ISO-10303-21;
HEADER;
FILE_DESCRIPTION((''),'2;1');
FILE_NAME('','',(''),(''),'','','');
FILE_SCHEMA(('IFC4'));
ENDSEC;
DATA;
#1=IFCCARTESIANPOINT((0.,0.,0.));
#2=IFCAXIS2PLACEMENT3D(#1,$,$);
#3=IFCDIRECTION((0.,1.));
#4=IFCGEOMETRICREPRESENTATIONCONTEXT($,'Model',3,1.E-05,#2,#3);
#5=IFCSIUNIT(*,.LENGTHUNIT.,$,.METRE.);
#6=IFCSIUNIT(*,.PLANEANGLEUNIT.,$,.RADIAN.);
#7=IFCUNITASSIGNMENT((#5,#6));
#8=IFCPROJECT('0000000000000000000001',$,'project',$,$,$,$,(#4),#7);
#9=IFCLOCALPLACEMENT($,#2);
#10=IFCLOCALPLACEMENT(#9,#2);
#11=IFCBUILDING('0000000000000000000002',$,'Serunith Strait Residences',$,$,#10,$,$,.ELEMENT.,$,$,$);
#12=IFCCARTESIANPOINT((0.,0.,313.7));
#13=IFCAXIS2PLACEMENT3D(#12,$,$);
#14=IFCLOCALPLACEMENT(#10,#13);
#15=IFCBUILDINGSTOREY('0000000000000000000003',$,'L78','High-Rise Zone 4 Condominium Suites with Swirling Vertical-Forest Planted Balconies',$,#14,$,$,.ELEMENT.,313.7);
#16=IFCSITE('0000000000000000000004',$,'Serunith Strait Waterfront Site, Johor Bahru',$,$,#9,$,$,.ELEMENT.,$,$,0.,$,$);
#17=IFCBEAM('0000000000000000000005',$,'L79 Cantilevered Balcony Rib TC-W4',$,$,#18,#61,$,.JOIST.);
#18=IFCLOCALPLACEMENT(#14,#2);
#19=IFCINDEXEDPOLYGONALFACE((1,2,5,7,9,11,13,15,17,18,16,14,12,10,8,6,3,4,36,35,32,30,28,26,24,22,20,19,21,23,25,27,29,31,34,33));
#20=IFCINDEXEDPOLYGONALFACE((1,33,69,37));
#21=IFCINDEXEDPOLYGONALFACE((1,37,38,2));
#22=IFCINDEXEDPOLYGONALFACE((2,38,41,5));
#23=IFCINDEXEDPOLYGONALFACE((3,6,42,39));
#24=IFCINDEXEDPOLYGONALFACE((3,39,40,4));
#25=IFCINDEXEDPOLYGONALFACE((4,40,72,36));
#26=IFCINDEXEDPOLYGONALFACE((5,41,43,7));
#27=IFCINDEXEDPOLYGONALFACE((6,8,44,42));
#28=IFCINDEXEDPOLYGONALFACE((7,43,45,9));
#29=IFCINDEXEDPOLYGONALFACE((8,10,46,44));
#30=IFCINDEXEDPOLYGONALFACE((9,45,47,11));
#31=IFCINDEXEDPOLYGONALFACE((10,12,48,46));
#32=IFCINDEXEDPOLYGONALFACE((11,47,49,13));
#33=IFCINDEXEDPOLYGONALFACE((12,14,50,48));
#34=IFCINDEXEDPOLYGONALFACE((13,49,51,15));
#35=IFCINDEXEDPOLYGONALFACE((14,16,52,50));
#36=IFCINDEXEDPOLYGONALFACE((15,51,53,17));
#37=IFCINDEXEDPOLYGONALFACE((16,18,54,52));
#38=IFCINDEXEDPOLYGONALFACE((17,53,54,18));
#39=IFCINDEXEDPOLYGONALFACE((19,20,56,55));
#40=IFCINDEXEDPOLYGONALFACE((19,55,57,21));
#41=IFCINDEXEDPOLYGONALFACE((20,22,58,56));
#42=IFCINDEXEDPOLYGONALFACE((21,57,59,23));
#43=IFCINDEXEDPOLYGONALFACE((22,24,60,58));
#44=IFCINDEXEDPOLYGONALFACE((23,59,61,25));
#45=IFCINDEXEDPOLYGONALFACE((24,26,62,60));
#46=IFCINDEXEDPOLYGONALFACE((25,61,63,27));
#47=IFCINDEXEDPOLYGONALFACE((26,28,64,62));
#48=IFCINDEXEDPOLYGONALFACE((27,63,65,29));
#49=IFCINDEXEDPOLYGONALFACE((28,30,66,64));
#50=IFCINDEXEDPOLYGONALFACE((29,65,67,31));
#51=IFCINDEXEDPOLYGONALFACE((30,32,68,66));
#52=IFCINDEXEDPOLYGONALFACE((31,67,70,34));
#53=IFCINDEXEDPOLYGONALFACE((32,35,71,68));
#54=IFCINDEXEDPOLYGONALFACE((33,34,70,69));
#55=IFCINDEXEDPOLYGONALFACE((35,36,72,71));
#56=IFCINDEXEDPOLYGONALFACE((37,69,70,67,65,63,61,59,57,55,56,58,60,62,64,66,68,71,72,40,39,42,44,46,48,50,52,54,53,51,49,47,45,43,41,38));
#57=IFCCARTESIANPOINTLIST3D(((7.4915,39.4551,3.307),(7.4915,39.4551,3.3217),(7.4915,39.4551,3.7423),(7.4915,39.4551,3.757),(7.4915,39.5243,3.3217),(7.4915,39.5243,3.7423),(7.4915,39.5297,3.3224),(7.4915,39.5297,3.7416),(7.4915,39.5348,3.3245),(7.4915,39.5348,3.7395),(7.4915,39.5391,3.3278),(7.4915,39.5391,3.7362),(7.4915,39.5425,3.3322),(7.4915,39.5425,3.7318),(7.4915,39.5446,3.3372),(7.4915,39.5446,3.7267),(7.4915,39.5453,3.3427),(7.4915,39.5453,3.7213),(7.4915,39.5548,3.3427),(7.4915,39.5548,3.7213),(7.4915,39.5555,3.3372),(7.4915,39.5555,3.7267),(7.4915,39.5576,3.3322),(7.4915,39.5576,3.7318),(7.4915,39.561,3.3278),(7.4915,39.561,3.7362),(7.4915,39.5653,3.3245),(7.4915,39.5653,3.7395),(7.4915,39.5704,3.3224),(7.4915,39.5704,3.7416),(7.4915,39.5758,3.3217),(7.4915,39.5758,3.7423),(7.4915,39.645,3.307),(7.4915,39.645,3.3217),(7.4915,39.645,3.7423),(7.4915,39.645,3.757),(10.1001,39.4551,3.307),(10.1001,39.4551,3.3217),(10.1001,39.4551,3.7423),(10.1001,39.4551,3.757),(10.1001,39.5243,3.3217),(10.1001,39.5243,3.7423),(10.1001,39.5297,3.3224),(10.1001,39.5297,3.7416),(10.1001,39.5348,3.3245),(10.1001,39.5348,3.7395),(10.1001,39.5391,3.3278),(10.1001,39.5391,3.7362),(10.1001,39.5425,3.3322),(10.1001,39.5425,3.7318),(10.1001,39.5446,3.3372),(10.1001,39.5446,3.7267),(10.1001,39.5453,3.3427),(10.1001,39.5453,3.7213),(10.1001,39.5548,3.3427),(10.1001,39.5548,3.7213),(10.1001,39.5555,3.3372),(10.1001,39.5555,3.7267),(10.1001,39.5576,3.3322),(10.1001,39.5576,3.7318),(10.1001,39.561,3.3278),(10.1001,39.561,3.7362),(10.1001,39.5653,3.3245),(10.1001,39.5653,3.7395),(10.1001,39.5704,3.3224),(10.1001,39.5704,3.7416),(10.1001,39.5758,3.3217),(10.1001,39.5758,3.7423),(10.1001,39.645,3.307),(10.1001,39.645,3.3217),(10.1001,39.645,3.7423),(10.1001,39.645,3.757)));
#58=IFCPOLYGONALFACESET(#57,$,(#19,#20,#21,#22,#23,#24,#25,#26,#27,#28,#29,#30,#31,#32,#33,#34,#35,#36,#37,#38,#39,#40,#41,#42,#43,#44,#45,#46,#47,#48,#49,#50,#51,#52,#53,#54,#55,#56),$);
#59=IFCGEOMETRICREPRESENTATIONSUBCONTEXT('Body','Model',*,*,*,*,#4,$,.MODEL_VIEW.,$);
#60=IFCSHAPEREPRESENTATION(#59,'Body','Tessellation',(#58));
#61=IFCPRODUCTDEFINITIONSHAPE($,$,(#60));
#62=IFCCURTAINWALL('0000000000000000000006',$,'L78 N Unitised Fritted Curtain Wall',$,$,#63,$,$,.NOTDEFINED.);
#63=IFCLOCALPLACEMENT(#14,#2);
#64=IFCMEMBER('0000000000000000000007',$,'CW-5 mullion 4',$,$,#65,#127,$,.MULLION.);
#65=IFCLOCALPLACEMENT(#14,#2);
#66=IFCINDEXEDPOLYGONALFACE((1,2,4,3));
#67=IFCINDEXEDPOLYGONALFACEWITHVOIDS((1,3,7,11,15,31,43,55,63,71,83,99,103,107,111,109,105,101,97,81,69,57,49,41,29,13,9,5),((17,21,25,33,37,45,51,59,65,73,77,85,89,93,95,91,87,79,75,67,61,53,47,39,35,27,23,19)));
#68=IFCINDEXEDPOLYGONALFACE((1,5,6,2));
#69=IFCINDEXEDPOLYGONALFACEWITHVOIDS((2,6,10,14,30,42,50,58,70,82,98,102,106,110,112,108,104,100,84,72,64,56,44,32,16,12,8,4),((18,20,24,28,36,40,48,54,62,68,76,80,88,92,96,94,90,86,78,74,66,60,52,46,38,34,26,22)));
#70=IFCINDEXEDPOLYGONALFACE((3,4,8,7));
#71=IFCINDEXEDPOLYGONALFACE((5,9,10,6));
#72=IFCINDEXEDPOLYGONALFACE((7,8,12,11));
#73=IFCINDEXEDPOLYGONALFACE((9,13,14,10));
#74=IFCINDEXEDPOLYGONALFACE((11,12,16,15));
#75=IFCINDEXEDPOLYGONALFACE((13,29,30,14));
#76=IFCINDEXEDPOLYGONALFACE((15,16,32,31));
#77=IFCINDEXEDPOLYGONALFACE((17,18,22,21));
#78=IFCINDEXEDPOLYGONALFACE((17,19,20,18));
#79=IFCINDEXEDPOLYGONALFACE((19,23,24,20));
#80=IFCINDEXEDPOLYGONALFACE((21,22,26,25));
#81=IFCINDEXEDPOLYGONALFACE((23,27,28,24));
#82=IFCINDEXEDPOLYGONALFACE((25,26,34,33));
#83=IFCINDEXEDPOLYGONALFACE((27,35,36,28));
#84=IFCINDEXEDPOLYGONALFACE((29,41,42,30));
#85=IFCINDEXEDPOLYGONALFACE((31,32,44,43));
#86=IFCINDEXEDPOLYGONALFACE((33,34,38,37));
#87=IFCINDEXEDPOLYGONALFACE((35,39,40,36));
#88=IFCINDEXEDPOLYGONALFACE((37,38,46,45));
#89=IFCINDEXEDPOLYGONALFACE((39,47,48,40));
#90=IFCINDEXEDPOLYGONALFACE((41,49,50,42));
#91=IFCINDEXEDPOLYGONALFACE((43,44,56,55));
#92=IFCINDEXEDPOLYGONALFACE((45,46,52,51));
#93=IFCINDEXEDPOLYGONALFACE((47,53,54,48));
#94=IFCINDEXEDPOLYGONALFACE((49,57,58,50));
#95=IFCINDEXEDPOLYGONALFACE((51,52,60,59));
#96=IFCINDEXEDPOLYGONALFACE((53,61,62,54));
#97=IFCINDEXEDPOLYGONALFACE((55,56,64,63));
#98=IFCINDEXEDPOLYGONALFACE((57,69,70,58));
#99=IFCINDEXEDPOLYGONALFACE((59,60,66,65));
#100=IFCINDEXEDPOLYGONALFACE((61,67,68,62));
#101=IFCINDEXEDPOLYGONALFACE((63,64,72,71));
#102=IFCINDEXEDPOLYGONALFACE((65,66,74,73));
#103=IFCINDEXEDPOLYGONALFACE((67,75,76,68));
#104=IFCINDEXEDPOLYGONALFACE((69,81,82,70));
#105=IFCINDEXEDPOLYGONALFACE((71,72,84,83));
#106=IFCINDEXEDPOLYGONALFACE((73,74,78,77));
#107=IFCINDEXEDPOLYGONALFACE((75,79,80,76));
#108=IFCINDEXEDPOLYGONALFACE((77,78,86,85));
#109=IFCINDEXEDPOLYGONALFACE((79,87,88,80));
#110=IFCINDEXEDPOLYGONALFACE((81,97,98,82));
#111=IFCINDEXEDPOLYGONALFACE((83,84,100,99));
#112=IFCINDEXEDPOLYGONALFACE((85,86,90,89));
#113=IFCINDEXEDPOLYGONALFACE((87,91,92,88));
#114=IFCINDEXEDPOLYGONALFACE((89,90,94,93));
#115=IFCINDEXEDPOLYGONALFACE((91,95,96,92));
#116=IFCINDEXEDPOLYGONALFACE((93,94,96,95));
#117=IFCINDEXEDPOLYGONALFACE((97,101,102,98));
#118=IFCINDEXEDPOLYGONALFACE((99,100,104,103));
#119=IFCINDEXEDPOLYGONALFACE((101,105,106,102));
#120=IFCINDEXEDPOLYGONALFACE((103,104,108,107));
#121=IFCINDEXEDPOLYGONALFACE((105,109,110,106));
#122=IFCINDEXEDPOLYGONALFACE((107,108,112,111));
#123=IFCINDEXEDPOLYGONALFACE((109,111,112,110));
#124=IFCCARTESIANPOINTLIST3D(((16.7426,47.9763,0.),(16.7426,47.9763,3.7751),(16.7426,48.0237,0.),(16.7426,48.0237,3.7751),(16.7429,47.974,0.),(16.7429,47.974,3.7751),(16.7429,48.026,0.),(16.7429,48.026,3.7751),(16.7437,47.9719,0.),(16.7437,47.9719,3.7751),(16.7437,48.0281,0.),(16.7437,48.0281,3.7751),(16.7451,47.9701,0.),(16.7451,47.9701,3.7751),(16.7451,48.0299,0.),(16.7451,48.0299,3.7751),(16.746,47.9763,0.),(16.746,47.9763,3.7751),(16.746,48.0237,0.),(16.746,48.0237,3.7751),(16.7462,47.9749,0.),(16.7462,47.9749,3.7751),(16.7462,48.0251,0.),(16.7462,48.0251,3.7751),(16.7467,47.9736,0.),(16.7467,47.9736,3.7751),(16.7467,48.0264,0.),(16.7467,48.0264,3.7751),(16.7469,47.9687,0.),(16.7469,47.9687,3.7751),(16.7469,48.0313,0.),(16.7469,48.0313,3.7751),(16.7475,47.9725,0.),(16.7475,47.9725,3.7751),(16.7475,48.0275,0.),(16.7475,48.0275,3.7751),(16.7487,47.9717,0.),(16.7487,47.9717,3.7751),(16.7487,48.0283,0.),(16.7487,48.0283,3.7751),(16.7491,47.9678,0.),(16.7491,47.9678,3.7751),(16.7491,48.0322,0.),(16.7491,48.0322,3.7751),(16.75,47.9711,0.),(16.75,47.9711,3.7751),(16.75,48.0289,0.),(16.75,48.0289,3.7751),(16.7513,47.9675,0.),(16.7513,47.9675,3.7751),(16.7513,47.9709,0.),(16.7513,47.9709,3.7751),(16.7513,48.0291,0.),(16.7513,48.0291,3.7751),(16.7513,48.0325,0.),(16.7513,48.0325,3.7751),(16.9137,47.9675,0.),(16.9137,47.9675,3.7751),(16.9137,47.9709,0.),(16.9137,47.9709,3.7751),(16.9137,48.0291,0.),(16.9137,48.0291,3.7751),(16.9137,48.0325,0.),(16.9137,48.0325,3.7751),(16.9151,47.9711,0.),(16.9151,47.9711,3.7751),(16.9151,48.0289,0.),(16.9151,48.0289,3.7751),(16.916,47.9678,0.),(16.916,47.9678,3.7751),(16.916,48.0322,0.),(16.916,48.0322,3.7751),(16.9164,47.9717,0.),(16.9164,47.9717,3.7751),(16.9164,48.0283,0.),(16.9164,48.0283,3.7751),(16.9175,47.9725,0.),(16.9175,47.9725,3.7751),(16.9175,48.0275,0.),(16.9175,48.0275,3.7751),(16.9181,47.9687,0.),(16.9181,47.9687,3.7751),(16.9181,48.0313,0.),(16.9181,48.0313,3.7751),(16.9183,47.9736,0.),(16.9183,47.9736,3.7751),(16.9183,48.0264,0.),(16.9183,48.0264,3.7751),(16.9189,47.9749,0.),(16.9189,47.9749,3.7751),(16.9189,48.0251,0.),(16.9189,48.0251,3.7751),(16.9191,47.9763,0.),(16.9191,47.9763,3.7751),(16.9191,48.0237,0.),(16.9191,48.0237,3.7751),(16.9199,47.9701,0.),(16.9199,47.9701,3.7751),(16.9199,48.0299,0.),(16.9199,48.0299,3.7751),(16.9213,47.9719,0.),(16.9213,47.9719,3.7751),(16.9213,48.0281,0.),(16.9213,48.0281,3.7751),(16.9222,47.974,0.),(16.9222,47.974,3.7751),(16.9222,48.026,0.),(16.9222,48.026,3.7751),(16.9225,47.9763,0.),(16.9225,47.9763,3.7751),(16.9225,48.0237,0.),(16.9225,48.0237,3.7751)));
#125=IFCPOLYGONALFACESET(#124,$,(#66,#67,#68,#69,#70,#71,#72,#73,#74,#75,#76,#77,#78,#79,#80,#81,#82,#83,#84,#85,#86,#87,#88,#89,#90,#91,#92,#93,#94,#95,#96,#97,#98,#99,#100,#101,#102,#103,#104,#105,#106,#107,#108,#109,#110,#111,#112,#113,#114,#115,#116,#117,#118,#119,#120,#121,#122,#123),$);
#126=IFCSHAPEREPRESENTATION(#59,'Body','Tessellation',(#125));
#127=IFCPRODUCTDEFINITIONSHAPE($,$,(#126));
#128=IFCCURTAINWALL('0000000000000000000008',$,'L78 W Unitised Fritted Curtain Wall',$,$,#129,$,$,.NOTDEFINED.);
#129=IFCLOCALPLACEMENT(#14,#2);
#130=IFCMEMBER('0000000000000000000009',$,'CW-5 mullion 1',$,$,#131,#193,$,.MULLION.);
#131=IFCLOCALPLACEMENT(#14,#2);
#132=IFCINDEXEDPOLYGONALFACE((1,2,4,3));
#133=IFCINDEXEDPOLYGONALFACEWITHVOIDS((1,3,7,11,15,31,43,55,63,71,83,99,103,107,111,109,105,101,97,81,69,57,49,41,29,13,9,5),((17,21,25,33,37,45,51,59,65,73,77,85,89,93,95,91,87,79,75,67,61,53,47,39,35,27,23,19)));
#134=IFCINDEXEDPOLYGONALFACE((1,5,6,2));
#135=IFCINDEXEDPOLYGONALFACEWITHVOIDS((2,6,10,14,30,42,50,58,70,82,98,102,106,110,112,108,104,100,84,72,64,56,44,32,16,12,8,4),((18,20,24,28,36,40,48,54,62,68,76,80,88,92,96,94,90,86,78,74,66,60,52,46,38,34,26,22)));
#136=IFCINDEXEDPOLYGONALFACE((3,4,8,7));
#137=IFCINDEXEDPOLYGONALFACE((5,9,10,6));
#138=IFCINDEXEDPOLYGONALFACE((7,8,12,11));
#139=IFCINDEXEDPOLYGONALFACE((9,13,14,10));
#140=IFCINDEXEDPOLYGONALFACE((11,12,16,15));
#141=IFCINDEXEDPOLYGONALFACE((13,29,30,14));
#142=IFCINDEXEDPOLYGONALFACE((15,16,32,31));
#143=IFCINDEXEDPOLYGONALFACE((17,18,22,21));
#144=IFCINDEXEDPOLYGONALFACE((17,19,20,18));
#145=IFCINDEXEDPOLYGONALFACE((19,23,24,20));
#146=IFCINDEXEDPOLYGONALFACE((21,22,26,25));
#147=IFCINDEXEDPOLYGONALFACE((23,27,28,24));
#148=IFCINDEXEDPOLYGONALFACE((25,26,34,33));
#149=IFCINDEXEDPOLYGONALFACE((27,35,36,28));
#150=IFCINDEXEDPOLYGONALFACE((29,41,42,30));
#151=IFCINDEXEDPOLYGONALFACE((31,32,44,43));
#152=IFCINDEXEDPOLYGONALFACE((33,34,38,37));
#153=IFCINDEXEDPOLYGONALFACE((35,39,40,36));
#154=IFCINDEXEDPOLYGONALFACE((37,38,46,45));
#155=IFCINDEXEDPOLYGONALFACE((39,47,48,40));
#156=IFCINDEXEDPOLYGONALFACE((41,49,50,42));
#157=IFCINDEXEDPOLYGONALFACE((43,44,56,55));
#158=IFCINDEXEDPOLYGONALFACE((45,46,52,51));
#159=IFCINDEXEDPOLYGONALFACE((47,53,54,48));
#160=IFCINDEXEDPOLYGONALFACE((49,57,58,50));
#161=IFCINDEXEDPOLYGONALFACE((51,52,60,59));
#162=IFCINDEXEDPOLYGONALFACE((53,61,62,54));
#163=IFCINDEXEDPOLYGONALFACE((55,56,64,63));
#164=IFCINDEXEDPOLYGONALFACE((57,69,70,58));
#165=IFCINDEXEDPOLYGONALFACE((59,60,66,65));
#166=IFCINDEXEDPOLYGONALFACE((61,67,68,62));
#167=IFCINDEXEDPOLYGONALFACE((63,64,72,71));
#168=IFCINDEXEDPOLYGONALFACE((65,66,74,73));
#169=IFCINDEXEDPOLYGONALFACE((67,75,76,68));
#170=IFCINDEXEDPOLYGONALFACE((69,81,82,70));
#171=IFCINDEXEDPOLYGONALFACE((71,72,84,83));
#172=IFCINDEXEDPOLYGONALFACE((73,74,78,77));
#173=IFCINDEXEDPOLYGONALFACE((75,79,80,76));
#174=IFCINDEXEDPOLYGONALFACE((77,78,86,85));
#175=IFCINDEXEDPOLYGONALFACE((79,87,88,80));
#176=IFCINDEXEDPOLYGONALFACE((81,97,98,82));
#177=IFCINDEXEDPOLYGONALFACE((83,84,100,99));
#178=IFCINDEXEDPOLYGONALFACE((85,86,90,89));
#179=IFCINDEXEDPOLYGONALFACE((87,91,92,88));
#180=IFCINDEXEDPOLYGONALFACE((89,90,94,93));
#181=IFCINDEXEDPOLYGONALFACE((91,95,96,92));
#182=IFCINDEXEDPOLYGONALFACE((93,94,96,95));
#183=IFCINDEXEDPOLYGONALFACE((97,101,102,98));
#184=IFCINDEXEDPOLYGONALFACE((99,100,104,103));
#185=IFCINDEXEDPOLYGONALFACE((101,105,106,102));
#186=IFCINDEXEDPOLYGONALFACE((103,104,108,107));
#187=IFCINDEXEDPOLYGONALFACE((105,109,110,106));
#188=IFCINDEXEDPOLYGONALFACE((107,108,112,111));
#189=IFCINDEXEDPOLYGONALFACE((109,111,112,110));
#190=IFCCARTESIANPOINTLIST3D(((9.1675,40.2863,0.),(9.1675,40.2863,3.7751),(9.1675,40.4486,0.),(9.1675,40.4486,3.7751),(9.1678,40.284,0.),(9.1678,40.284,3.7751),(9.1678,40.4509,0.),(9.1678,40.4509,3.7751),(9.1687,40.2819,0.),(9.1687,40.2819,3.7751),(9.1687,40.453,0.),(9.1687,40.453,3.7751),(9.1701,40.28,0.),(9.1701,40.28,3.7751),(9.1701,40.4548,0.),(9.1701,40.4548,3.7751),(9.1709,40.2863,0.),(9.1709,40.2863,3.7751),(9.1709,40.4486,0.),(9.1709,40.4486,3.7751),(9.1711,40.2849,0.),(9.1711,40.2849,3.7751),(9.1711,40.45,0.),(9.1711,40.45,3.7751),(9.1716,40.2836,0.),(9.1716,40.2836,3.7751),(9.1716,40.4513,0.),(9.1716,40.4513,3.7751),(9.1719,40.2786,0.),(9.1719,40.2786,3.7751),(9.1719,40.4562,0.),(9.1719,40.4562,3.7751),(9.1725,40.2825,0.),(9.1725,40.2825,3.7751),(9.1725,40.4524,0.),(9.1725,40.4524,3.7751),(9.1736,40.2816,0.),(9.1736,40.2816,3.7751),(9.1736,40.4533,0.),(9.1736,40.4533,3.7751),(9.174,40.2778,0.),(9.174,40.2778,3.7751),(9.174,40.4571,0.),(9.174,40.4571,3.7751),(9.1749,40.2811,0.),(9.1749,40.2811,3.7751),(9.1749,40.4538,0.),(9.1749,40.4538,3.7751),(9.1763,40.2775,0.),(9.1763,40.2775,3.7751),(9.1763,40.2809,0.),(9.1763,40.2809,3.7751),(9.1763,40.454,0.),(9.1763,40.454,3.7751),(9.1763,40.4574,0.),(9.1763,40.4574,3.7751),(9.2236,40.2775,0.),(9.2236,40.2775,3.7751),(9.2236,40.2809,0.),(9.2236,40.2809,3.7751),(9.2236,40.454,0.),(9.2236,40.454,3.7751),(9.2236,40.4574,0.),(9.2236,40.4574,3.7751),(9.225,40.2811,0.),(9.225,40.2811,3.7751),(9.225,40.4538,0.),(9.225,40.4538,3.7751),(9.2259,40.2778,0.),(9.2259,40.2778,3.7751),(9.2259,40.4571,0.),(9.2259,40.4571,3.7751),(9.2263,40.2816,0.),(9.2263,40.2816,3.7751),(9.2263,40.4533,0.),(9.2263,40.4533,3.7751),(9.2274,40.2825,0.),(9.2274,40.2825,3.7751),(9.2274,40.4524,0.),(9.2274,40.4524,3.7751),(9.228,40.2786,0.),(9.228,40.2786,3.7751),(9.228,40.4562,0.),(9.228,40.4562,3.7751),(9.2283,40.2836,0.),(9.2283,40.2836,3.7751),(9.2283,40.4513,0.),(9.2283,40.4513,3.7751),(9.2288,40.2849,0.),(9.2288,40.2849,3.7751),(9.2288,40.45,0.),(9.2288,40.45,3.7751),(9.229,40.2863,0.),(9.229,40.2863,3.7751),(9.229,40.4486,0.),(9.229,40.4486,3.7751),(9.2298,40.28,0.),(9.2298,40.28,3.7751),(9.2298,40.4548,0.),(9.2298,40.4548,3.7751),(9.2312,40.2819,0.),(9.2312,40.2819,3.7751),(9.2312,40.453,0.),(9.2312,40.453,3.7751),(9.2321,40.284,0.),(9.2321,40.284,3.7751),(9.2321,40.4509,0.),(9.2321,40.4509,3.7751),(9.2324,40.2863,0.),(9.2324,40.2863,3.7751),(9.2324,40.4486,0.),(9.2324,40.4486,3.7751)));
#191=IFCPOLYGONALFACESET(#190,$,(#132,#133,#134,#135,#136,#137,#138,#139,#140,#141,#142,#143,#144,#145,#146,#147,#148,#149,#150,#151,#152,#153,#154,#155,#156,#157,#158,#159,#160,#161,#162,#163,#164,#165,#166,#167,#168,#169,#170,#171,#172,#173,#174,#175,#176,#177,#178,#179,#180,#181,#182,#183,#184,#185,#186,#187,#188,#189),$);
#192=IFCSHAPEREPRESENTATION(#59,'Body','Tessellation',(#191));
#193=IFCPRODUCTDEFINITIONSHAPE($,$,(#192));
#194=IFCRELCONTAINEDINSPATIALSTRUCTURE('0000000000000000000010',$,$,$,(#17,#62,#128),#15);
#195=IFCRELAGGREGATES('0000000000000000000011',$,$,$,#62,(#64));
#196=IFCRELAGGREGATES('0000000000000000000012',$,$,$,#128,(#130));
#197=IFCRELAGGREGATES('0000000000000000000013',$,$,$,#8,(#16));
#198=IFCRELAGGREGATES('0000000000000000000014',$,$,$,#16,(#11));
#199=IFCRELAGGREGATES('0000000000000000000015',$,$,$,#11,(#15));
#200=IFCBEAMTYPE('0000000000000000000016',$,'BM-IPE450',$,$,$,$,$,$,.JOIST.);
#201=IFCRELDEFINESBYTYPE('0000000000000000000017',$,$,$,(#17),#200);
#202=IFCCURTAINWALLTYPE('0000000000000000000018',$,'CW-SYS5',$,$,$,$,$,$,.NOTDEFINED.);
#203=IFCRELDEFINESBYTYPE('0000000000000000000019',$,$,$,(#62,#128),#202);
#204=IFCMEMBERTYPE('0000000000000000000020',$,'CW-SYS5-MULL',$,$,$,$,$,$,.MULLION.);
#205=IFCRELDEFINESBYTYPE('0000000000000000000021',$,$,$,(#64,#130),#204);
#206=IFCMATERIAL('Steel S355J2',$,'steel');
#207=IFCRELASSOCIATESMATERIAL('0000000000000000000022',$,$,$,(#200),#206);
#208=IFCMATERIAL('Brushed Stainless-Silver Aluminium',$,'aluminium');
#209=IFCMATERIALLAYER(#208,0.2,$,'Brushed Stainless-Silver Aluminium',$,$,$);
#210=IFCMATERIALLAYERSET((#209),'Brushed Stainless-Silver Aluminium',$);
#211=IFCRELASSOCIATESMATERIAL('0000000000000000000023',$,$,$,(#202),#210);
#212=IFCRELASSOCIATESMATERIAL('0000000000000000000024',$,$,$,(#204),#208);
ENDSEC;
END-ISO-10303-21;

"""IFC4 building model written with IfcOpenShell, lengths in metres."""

from ifc_helpers import new_model, si_unit, direction, frame, origin, origin_2d, place, context, subcontext, project, spatial, hollow_rectangle, i_section, extrude, source, transform, mapped, material, layer, layer_set, material_profile, profile_set, type_object, element, aggregate, save


model = new_model("IFC4")

# Units and contexts
model_context = context("Model", 3, precision=1e-05, world=origin(), true_north=direction((0.0, 1.0)))
body_context = subcontext(model_context, "Body", "Model", "MODEL_VIEW")
ifc_project = project(units=[si_unit("LENGTHUNIT", "METRE"), si_unit("PLANEANGLEUNIT", "RADIAN")], contexts=[model_context])

# Site, building, storey
site_placement = place(None, origin())
site = spatial("IfcSite", under=ifc_project, at=site_placement, Name="Serunith Strait Waterfront Site, Johor Bahru", CompositionType="ELEMENT", RefElevation=0.0)
building_placement = place(site_placement, origin())
building = spatial("IfcBuilding", under=site, at=building_placement, Name="Serunith Strait Residences", CompositionType="ELEMENT")
storey_placement = place(building_placement, frame((0.0, 0.0, 313.7)))
storey = spatial("IfcBuildingStorey", under=building, at=storey_placement, Name="L78", Description="High-Rise Zone 4 Condominium Suites with Swirling Vertical-Forest Planted Balconies", CompositionType="ELEMENT", Elevation=313.7)

# Beam
ifc_material_1 = material(Name="Steel S355J2", Category="steel")
ifc_material_profile_1 = material_profile(ifc_material_1, i_section(OverallWidth=0.1899, OverallDepth=0.45, WebThickness=0.0095, FlangeThickness=0.0146, FilletRadius=0.021, at=origin_2d()), Name="IPE 450")
ifc_profile_set_1 = profile_set([ifc_material_profile_1], Name="Steel S355J2")
beam_type_1 = type_object("IfcBeamType", Name="BM-IPE450", PredefinedType="JOIST", material=ifc_profile_set_1)
shared_shape_1 = source(origin(), body_context, "Body", "SweptSolid", [
    extrude(i_section(OverallWidth=0.1899, OverallDepth=0.45, WebThickness=0.0095, FlangeThickness=0.0146, FilletRadius=0.021, at=origin_2d()), origin(), (0.0, 0.0, 1.0), 2.6086),
])
beam_1_placement = place(storey_placement, frame((10.1001, 39.55, 3.532), z_axis=(-1.0, 0.0, 0.0), x_axis=(0.0, -1.0, 0.0)))
element("IfcBeam", 1, at=beam_1_placement, inside=storey, type_object=beam_type_1, Name="L79 Cantilevered Balcony Rib TC-W4", PredefinedType="JOIST", context=body_context, shape_type="MappedRepresentation", body=[
    mapped(shared_shape_1, transform((0.0, 0.0, 0.0), scale=1.0)),
])

# Curtain wall, member
ifc_material_2 = material(Name="Brushed Stainless-Silver Aluminium", Category="aluminium")
ifc_layer_1 = layer(ifc_material_2, 0.2, Name="Brushed Stainless-Silver Aluminium")
ifc_layer_set_1 = layer_set([ifc_layer_1], Name="Brushed Stainless-Silver Aluminium")
curtain_wall_type = type_object("IfcCurtainWallType", Name="CW-SYS5", PredefinedType="NOTDEFINED", material=ifc_layer_set_1)
curtain_wall_1_placement = place(storey_placement, origin())
curtain_wall_1 = element("IfcCurtainWall", 2, at=curtain_wall_1_placement, inside=storey, type_object=curtain_wall_type, Name="L78 N Unitised Fritted Curtain Wall", PredefinedType="NOTDEFINED")
ifc_material_profile_2 = material_profile(ifc_material_2, hollow_rectangle(XDim=0.0649, YDim=0.1799, WallThickness=0.0034, InnerFilletRadius=0.0054, OuterFilletRadius=0.0088, at=origin_2d()), Name="ALU 180x65x3.5")
ifc_profile_set_2 = profile_set([ifc_material_profile_2], Name="Brushed Stainless-Silver Aluminium")
member_type_1 = type_object("IfcMemberType", Name="CW-SYS5-MULL", PredefinedType="MULLION", material=ifc_profile_set_2)
shared_shape_2 = source(origin(), body_context, "Body", "SweptSolid", [
    extrude(hollow_rectangle(XDim=0.0649, YDim=0.1799, WallThickness=0.0034, InnerFilletRadius=0.0054, OuterFilletRadius=0.0088, at=origin_2d()), origin(), (0.0, 0.0, 1.0), 3.7751),
])
member_1_placement = place(storey_placement, frame((16.8325, 48.0, 0.0), z_axis=(0.0, 0.0, 1.0), x_axis=(0.0, -1.0, 0.0)))
member_1 = element("IfcMember", 3, at=member_1_placement, type_object=member_type_1, Name="CW-5 mullion 4", PredefinedType="MULLION", context=body_context, shape_type="MappedRepresentation", body=[
    mapped(shared_shape_2, transform((0.0, 0.0, 0.0), scale=1.0)),
])
aggregate(curtain_wall_1, [member_1])

# Curtain wall, member
curtain_wall_2_placement = place(storey_placement, origin())
curtain_wall_2 = element("IfcCurtainWall", 4, at=curtain_wall_2_placement, inside=storey, type_object=curtain_wall_type, Name="L78 W Unitised Fritted Curtain Wall", PredefinedType="NOTDEFINED")
member_2_placement = place(storey_placement, frame((9.2, 40.3674, 0.0), z_axis=(0.0, 0.0, 1.0), x_axis=(1.0, 0.0, 0.0)))
member_2 = element("IfcMember", 5, at=member_2_placement, type_object=member_type_1, Name="CW-5 mullion 1", PredefinedType="MULLION", context=body_context, shape_type="MappedRepresentation", body=[
    mapped(shared_shape_2, transform((0.0, 0.0, 0.0), scale=1.0)),
])
aggregate(curtain_wall_2, [member_2])

save(model, "model.ifc")
